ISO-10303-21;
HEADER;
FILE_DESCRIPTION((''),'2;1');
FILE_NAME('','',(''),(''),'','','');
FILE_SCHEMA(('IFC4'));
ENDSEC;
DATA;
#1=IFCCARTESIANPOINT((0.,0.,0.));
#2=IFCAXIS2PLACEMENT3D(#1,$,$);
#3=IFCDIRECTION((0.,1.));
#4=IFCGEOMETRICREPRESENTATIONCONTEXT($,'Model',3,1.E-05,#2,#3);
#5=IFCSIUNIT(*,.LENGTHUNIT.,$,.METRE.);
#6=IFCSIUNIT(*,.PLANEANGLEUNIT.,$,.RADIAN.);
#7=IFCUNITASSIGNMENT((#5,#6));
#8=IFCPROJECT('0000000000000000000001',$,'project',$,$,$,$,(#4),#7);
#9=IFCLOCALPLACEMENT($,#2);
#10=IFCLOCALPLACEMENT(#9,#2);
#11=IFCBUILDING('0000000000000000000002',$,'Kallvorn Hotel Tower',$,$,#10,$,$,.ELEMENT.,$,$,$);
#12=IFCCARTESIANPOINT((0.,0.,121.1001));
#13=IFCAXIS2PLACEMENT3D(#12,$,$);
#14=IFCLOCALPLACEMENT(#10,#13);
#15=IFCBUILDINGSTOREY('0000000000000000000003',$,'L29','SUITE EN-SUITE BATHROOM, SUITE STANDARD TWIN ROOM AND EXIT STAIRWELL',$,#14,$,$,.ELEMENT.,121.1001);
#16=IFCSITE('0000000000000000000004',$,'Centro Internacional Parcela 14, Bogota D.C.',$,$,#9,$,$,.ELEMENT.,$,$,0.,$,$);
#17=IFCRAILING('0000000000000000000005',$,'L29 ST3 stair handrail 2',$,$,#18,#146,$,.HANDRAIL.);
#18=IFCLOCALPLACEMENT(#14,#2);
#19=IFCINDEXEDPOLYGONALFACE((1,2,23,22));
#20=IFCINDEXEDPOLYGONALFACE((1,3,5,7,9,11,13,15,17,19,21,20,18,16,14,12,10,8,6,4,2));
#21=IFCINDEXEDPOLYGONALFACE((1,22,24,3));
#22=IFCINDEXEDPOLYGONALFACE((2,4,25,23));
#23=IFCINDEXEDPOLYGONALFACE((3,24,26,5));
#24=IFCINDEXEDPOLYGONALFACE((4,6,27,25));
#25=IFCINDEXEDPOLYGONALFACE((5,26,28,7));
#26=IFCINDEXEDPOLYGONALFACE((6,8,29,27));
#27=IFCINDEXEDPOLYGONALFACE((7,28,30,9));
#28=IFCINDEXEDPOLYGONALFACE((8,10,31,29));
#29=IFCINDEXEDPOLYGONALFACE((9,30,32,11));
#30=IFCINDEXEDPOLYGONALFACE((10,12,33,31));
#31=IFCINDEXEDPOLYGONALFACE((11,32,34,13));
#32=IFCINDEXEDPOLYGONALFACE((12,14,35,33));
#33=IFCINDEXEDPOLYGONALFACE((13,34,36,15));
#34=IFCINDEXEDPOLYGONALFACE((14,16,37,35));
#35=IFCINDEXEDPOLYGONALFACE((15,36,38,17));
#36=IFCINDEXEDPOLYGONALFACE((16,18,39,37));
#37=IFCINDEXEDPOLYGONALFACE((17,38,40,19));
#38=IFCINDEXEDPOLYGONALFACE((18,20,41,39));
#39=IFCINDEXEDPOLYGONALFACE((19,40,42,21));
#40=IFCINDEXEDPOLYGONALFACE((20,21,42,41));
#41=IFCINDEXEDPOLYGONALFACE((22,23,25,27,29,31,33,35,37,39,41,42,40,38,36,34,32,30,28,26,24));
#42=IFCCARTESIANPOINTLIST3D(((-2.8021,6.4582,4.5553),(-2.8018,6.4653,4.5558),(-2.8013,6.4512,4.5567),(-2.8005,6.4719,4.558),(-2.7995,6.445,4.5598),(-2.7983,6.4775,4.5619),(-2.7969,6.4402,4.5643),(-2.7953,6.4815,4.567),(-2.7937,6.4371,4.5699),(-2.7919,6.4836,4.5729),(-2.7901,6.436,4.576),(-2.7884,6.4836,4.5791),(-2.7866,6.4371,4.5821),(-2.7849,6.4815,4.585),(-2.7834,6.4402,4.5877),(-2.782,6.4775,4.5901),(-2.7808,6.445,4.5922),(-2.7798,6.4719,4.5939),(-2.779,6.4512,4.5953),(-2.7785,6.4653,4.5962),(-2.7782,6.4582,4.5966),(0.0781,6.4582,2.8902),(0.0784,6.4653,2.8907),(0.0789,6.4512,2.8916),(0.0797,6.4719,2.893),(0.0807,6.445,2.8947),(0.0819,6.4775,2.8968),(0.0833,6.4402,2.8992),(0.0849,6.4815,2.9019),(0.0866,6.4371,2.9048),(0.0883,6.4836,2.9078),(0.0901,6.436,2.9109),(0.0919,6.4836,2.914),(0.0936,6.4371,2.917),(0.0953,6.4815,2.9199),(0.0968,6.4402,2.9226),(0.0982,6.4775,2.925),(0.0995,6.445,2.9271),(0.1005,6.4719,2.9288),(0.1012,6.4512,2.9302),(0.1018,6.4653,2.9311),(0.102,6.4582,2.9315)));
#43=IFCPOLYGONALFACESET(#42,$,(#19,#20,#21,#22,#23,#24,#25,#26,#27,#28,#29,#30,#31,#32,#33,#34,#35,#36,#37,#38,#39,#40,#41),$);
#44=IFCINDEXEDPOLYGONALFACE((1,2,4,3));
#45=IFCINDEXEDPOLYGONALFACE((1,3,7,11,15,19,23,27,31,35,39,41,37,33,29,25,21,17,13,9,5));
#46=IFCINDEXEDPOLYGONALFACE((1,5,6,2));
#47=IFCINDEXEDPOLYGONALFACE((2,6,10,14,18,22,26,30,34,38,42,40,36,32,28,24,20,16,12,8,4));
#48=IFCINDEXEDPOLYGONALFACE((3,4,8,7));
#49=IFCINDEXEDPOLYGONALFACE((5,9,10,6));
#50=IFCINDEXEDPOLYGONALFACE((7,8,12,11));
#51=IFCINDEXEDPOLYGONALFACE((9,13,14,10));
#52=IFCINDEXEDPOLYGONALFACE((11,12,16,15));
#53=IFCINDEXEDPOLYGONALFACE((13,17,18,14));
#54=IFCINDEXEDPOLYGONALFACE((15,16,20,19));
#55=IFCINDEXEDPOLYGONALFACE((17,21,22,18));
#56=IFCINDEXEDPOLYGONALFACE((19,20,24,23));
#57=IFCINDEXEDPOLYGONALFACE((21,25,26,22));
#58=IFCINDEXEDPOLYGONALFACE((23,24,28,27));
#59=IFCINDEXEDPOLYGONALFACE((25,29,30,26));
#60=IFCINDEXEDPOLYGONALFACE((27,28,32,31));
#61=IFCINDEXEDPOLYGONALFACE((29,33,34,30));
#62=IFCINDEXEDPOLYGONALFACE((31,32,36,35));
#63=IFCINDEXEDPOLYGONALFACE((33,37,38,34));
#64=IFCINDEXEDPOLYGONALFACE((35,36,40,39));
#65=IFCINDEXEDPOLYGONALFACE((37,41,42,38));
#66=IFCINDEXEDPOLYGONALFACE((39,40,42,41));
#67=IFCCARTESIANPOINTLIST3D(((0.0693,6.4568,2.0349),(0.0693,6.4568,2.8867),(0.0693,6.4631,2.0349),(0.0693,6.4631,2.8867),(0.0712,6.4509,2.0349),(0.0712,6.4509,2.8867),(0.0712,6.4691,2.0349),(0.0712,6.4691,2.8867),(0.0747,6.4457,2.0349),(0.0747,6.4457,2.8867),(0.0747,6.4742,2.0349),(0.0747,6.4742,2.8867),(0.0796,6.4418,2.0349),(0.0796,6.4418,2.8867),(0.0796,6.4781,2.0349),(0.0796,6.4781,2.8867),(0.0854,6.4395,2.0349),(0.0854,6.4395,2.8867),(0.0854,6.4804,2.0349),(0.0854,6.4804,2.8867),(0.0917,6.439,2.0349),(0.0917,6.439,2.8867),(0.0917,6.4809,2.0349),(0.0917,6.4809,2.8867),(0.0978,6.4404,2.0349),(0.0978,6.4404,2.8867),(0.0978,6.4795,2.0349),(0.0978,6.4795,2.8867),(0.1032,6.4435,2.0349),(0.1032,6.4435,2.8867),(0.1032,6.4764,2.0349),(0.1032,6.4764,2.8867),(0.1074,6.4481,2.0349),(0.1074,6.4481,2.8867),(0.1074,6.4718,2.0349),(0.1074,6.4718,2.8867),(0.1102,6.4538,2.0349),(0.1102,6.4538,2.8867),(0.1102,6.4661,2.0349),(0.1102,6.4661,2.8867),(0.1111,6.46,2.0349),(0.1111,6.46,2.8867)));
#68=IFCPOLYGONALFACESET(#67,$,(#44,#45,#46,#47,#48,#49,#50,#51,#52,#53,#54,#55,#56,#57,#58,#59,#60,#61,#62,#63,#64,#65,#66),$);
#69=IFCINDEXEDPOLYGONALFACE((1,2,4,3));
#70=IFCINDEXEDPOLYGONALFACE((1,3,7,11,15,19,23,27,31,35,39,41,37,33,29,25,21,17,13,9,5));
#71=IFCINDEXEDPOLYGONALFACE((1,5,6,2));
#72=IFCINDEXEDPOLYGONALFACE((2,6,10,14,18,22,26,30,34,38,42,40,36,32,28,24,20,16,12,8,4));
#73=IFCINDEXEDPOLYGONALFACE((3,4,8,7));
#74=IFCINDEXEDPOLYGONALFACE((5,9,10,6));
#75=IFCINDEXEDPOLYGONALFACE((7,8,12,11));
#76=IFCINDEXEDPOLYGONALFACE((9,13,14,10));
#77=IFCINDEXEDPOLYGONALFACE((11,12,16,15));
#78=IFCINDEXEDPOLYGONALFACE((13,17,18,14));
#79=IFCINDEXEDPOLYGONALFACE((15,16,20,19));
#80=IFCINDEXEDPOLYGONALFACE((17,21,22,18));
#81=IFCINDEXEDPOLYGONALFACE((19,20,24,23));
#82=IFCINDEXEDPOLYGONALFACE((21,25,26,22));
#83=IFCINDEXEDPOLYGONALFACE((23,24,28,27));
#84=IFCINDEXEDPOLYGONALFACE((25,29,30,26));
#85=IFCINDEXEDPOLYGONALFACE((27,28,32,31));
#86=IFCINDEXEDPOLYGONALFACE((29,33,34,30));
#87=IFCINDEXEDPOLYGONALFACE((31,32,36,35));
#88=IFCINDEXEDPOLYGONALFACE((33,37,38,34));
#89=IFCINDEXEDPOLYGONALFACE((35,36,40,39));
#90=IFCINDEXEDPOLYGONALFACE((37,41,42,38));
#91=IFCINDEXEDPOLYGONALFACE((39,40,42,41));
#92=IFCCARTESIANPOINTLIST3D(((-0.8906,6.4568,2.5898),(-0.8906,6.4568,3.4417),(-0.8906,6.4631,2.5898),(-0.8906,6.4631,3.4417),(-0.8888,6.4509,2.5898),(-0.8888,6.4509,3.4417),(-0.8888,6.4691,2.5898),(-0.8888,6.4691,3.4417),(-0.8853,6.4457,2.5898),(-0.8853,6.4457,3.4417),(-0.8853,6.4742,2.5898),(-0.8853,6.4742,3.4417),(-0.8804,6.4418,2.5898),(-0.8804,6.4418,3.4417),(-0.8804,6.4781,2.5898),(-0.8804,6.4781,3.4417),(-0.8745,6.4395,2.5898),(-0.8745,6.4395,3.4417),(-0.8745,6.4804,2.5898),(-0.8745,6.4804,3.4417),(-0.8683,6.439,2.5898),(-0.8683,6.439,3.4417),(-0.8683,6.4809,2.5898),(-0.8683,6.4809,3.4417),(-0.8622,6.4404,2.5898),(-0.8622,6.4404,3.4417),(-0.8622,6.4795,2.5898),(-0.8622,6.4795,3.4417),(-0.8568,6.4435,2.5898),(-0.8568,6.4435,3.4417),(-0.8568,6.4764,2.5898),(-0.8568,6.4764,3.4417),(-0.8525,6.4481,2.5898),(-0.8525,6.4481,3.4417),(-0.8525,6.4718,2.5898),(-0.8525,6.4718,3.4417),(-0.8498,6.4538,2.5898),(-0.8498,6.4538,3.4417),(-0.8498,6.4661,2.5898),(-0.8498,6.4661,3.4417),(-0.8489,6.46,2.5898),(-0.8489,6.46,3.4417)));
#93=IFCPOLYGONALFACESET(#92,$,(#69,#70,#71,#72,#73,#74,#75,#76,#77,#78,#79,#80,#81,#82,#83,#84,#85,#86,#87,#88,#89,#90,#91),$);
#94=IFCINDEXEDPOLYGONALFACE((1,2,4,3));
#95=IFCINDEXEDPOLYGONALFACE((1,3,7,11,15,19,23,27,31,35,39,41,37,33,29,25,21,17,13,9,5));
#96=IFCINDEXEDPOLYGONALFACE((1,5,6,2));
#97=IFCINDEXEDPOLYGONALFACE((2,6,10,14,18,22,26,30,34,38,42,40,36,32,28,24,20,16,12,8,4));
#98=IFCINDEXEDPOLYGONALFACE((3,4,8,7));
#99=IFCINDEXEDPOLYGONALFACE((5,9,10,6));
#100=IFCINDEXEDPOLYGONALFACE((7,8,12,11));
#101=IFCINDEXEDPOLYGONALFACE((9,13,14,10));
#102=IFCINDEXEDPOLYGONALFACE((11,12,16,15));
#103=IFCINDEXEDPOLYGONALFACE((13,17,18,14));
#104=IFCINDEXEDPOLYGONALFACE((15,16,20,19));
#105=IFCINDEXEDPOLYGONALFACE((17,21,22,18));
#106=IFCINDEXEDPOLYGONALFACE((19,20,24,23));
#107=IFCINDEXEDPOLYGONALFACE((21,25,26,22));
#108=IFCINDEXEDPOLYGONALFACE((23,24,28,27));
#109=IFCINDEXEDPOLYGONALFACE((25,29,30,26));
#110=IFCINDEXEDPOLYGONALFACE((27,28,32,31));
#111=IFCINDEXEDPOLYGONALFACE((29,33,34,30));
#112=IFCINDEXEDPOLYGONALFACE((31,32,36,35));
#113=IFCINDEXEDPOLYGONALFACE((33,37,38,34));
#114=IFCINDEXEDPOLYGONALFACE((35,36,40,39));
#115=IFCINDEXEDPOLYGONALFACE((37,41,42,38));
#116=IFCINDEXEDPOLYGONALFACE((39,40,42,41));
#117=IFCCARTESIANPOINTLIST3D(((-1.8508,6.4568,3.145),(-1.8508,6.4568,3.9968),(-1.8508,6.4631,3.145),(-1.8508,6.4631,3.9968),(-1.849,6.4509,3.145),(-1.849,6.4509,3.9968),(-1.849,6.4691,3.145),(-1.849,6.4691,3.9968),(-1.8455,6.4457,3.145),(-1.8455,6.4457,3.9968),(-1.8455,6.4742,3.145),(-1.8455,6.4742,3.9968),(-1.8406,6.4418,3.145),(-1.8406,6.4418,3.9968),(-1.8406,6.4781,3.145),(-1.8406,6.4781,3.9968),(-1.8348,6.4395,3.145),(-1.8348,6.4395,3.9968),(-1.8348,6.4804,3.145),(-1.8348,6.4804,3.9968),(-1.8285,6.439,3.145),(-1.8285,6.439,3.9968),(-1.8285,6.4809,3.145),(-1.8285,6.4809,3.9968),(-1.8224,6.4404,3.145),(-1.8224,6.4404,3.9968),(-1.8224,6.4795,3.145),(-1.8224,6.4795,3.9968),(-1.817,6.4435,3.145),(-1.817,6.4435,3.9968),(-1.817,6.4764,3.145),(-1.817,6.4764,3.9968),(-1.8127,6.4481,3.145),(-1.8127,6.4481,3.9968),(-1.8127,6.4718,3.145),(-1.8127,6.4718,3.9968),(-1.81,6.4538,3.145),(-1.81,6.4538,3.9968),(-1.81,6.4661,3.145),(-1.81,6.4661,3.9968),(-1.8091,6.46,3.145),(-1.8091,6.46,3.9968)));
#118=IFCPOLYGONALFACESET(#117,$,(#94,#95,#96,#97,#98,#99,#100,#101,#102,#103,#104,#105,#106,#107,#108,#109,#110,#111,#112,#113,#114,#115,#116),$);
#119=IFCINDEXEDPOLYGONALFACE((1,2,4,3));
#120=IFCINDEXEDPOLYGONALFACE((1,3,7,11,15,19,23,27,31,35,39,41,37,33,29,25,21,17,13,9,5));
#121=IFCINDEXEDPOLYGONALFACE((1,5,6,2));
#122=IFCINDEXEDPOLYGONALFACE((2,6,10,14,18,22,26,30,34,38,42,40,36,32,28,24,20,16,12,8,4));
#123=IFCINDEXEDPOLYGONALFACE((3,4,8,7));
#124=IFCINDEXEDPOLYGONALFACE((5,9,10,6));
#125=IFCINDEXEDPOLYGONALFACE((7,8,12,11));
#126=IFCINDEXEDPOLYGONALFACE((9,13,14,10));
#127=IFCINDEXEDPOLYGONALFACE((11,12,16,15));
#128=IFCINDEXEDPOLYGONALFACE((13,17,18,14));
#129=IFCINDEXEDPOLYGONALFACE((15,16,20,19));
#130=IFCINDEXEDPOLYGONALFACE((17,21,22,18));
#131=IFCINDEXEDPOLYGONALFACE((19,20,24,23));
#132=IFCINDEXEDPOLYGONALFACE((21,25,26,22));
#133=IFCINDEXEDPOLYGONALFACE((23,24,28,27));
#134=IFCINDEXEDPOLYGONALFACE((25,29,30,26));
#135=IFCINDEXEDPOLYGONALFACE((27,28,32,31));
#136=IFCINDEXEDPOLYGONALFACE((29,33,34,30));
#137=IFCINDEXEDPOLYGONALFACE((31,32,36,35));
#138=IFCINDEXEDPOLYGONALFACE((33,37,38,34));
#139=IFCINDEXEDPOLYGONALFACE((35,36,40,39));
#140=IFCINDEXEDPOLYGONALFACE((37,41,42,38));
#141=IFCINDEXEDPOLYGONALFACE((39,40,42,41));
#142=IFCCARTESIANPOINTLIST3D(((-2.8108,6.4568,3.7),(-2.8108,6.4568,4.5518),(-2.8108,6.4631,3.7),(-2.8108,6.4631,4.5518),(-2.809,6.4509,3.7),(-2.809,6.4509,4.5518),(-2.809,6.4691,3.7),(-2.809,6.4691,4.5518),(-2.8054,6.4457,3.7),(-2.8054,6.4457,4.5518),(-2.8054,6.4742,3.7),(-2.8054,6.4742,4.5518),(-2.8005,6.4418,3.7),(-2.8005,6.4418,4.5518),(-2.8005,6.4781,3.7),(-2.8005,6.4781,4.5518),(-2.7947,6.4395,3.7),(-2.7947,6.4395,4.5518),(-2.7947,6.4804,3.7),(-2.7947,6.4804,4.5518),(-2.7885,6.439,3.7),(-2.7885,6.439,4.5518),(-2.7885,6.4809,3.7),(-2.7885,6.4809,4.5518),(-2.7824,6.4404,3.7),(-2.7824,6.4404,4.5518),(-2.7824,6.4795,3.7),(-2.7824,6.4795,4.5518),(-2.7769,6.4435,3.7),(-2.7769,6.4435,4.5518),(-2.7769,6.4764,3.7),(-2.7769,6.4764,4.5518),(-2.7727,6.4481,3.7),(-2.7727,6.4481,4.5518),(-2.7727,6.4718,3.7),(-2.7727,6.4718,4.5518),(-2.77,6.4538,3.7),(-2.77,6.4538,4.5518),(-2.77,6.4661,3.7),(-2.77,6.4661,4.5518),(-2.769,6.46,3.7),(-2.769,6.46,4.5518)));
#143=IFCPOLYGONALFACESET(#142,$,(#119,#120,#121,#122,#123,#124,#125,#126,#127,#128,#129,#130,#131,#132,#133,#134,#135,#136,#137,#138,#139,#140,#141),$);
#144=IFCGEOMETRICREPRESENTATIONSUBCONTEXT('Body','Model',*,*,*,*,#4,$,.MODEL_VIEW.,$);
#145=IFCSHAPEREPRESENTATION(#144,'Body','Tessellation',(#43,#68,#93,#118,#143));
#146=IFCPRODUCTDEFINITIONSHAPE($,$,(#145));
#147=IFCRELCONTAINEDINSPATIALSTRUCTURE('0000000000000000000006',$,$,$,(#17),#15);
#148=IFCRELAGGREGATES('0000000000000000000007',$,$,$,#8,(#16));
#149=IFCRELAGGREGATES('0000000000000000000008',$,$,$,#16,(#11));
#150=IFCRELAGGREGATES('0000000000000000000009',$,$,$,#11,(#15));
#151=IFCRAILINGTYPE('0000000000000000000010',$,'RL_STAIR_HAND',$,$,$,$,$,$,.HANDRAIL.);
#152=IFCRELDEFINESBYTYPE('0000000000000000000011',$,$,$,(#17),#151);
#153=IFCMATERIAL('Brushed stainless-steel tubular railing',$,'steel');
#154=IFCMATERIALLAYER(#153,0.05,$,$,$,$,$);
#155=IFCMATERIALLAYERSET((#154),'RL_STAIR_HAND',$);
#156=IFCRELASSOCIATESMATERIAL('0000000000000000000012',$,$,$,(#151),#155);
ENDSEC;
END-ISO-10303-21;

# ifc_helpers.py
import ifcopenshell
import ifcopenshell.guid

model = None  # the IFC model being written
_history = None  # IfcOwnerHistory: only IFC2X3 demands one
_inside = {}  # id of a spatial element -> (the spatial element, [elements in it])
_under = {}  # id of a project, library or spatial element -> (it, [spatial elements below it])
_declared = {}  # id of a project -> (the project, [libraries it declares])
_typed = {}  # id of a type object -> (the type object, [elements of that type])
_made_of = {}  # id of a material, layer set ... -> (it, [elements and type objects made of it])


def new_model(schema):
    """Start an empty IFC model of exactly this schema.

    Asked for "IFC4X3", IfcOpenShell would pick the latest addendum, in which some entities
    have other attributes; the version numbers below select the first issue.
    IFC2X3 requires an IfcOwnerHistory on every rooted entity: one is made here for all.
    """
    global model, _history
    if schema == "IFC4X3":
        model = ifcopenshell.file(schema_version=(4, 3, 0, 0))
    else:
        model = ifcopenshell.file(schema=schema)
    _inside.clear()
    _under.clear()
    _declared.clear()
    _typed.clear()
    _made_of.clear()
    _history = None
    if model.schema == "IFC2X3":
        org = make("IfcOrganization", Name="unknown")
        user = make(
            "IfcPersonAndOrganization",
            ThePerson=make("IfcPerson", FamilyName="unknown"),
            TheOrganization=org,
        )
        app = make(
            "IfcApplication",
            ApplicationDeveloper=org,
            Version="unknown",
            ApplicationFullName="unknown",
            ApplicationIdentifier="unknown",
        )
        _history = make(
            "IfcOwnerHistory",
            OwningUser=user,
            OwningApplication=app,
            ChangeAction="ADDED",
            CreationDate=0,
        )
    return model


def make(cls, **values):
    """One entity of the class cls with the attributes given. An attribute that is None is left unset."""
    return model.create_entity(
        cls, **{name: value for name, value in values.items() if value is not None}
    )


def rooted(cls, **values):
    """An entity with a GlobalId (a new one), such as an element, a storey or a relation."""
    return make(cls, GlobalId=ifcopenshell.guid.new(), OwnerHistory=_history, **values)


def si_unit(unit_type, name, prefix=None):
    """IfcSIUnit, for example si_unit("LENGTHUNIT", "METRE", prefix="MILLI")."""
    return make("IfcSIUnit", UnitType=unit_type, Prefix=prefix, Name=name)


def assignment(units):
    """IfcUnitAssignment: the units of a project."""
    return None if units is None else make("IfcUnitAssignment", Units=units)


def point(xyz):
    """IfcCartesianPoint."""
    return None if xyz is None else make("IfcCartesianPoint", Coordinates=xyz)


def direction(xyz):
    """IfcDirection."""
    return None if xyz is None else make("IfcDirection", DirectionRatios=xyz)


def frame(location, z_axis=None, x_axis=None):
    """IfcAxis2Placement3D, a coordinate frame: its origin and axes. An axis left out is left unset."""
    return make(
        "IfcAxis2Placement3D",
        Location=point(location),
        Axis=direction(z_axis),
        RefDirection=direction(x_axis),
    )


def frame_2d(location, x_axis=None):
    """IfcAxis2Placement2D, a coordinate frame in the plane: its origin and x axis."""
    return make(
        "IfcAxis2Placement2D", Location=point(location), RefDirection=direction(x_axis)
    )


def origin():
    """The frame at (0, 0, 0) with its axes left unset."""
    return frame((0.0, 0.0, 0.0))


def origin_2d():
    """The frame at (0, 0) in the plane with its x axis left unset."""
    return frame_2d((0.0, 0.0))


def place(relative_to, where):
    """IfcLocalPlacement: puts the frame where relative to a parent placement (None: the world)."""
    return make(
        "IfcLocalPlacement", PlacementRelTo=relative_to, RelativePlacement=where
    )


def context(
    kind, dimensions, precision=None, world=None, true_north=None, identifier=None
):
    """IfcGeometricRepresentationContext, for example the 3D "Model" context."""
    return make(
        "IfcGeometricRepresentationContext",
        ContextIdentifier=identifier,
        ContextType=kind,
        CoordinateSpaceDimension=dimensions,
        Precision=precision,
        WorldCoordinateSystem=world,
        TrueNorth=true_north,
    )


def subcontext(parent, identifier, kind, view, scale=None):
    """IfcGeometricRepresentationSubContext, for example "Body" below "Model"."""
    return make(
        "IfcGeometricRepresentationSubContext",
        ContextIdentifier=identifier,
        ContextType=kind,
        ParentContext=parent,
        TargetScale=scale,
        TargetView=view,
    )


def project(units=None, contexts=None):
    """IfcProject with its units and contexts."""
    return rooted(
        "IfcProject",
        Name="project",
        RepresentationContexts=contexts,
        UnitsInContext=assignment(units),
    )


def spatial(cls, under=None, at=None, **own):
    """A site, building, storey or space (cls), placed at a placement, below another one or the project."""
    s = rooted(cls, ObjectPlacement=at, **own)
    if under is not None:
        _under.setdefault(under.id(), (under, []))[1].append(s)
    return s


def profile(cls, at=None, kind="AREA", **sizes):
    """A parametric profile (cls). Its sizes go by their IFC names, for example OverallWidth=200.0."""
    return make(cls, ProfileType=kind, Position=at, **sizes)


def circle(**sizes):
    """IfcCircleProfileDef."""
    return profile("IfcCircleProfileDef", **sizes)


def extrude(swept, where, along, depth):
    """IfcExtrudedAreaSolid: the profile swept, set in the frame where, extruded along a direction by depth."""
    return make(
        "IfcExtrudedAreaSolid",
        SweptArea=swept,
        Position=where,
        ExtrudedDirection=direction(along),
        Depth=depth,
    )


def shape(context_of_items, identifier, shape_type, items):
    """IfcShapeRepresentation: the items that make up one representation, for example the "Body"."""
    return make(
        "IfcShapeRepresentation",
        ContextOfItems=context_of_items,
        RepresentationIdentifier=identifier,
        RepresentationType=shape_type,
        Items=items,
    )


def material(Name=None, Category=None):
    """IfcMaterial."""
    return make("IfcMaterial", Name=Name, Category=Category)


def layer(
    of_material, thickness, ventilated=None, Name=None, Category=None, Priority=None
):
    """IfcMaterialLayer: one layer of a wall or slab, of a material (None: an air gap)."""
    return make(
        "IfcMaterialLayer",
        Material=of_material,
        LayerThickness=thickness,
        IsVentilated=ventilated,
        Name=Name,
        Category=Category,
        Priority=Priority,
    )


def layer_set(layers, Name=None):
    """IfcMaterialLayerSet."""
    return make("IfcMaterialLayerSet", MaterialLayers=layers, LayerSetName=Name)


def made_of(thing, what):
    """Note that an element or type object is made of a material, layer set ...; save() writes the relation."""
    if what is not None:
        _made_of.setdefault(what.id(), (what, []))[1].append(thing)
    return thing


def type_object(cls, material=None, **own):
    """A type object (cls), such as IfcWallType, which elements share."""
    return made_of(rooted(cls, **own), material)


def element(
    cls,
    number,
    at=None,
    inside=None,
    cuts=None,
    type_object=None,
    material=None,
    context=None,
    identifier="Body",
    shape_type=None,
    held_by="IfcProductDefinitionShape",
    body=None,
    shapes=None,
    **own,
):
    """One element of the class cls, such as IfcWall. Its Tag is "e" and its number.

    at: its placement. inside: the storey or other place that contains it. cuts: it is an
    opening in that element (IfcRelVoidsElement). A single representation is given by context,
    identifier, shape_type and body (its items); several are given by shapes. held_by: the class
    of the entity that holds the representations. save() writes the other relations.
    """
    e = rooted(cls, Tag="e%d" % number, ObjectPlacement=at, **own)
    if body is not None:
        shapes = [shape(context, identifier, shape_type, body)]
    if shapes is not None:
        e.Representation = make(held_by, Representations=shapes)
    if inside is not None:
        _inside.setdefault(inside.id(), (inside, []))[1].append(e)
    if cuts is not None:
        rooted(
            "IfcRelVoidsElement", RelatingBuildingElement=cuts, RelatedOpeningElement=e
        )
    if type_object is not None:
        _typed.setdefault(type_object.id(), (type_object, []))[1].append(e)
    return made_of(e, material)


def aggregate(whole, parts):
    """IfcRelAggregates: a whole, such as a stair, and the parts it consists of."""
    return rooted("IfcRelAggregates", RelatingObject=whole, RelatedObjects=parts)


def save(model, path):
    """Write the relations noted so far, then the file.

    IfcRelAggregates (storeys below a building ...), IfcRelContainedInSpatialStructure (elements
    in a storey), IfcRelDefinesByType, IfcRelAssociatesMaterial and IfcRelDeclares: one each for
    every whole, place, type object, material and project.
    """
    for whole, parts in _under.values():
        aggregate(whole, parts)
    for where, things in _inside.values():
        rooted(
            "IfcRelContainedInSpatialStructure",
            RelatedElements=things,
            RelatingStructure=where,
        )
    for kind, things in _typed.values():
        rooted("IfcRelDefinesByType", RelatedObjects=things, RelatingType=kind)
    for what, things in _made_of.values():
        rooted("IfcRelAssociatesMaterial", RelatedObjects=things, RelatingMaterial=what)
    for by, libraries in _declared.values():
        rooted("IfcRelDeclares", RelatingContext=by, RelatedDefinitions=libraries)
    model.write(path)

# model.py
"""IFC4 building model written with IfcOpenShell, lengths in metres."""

from ifc_helpers import new_model, si_unit, direction, frame, origin, origin_2d, place, context, subcontext, project, spatial, circle, extrude, material, layer, layer_set, type_object, element, save


model = new_model("IFC4")

# Units and contexts
model_context = context("Model", 3, precision=1e-05, world=origin(), true_north=direction((0.0, 1.0)))
body_context = subcontext(model_context, "Body", "Model", "MODEL_VIEW")
ifc_project = project(units=[si_unit("LENGTHUNIT", "METRE"), si_unit("PLANEANGLEUNIT", "RADIAN")], contexts=[model_context])

# Site, building, storey
site_placement = place(None, origin())
site = spatial("IfcSite", under=ifc_project, at=site_placement, Name="Centro Internacional Parcela 14, Bogota D.C.", CompositionType="ELEMENT", RefElevation=0.0)
building_placement = place(site_placement, origin())
building = spatial("IfcBuilding", under=site, at=building_placement, Name="Kallvorn Hotel Tower", CompositionType="ELEMENT")
storey_placement = place(building_placement, frame((0.0, 0.0, 121.1001)))
storey = spatial("IfcBuildingStorey", under=building, at=storey_placement, Name="L29", Description="SUITE EN-SUITE BATHROOM, SUITE STANDARD TWIN ROOM AND EXIT STAIRWELL", CompositionType="ELEMENT", Elevation=121.1001)

# Railing
ifc_material_1 = material(Name="Brushed stainless-steel tubular railing", Category="steel")
ifc_layer_1 = layer(ifc_material_1, 0.05)
ifc_layer_set_1 = layer_set([ifc_layer_1], Name="RL_STAIR_HAND")
railing_type_1 = type_object("IfcRailingType", Name="RL_STAIR_HAND", PredefinedType="HANDRAIL", material=ifc_layer_set_1)
railing_1_placement = place(storey_placement, frame((0.0901, 6.46, 2.0349)))
element("IfcRailing", 1, at=railing_1_placement, inside=storey, type_object=railing_type_1, Name="L29 ST3 stair handrail 2", PredefinedType="HANDRAIL", context=body_context, shape_type="SweptSolid", body=[
    extrude(circle(Radius=0.0239, at=origin_2d()), frame((0.0, 0.0, 0.876), z_axis=(-0.865739, 0.0, 0.500495), x_axis=(0.0, -1.0, 0.0)), (0.0, 0.0, 1.0), 3.3269),
    extrude(circle(Radius=0.021, at=origin_2d()), origin(), (0.0, 0.0, 1.0), 0.8518),
    extrude(circle(Radius=0.021, at=origin_2d()), frame((-0.96, 0.0, 0.5549)), (0.0, 0.0, 1.0), 0.8518),
    extrude(circle(Radius=0.021, at=origin_2d()), frame((-1.9202, 0.0, 1.1101)), (0.0, 0.0, 1.0), 0.8518),
    extrude(circle(Radius=0.021, at=origin_2d()), frame((-2.8801, 0.0, 1.665)), (0.0, 0.0, 1.0), 0.8518),
])

save(model, "model.ifc")
